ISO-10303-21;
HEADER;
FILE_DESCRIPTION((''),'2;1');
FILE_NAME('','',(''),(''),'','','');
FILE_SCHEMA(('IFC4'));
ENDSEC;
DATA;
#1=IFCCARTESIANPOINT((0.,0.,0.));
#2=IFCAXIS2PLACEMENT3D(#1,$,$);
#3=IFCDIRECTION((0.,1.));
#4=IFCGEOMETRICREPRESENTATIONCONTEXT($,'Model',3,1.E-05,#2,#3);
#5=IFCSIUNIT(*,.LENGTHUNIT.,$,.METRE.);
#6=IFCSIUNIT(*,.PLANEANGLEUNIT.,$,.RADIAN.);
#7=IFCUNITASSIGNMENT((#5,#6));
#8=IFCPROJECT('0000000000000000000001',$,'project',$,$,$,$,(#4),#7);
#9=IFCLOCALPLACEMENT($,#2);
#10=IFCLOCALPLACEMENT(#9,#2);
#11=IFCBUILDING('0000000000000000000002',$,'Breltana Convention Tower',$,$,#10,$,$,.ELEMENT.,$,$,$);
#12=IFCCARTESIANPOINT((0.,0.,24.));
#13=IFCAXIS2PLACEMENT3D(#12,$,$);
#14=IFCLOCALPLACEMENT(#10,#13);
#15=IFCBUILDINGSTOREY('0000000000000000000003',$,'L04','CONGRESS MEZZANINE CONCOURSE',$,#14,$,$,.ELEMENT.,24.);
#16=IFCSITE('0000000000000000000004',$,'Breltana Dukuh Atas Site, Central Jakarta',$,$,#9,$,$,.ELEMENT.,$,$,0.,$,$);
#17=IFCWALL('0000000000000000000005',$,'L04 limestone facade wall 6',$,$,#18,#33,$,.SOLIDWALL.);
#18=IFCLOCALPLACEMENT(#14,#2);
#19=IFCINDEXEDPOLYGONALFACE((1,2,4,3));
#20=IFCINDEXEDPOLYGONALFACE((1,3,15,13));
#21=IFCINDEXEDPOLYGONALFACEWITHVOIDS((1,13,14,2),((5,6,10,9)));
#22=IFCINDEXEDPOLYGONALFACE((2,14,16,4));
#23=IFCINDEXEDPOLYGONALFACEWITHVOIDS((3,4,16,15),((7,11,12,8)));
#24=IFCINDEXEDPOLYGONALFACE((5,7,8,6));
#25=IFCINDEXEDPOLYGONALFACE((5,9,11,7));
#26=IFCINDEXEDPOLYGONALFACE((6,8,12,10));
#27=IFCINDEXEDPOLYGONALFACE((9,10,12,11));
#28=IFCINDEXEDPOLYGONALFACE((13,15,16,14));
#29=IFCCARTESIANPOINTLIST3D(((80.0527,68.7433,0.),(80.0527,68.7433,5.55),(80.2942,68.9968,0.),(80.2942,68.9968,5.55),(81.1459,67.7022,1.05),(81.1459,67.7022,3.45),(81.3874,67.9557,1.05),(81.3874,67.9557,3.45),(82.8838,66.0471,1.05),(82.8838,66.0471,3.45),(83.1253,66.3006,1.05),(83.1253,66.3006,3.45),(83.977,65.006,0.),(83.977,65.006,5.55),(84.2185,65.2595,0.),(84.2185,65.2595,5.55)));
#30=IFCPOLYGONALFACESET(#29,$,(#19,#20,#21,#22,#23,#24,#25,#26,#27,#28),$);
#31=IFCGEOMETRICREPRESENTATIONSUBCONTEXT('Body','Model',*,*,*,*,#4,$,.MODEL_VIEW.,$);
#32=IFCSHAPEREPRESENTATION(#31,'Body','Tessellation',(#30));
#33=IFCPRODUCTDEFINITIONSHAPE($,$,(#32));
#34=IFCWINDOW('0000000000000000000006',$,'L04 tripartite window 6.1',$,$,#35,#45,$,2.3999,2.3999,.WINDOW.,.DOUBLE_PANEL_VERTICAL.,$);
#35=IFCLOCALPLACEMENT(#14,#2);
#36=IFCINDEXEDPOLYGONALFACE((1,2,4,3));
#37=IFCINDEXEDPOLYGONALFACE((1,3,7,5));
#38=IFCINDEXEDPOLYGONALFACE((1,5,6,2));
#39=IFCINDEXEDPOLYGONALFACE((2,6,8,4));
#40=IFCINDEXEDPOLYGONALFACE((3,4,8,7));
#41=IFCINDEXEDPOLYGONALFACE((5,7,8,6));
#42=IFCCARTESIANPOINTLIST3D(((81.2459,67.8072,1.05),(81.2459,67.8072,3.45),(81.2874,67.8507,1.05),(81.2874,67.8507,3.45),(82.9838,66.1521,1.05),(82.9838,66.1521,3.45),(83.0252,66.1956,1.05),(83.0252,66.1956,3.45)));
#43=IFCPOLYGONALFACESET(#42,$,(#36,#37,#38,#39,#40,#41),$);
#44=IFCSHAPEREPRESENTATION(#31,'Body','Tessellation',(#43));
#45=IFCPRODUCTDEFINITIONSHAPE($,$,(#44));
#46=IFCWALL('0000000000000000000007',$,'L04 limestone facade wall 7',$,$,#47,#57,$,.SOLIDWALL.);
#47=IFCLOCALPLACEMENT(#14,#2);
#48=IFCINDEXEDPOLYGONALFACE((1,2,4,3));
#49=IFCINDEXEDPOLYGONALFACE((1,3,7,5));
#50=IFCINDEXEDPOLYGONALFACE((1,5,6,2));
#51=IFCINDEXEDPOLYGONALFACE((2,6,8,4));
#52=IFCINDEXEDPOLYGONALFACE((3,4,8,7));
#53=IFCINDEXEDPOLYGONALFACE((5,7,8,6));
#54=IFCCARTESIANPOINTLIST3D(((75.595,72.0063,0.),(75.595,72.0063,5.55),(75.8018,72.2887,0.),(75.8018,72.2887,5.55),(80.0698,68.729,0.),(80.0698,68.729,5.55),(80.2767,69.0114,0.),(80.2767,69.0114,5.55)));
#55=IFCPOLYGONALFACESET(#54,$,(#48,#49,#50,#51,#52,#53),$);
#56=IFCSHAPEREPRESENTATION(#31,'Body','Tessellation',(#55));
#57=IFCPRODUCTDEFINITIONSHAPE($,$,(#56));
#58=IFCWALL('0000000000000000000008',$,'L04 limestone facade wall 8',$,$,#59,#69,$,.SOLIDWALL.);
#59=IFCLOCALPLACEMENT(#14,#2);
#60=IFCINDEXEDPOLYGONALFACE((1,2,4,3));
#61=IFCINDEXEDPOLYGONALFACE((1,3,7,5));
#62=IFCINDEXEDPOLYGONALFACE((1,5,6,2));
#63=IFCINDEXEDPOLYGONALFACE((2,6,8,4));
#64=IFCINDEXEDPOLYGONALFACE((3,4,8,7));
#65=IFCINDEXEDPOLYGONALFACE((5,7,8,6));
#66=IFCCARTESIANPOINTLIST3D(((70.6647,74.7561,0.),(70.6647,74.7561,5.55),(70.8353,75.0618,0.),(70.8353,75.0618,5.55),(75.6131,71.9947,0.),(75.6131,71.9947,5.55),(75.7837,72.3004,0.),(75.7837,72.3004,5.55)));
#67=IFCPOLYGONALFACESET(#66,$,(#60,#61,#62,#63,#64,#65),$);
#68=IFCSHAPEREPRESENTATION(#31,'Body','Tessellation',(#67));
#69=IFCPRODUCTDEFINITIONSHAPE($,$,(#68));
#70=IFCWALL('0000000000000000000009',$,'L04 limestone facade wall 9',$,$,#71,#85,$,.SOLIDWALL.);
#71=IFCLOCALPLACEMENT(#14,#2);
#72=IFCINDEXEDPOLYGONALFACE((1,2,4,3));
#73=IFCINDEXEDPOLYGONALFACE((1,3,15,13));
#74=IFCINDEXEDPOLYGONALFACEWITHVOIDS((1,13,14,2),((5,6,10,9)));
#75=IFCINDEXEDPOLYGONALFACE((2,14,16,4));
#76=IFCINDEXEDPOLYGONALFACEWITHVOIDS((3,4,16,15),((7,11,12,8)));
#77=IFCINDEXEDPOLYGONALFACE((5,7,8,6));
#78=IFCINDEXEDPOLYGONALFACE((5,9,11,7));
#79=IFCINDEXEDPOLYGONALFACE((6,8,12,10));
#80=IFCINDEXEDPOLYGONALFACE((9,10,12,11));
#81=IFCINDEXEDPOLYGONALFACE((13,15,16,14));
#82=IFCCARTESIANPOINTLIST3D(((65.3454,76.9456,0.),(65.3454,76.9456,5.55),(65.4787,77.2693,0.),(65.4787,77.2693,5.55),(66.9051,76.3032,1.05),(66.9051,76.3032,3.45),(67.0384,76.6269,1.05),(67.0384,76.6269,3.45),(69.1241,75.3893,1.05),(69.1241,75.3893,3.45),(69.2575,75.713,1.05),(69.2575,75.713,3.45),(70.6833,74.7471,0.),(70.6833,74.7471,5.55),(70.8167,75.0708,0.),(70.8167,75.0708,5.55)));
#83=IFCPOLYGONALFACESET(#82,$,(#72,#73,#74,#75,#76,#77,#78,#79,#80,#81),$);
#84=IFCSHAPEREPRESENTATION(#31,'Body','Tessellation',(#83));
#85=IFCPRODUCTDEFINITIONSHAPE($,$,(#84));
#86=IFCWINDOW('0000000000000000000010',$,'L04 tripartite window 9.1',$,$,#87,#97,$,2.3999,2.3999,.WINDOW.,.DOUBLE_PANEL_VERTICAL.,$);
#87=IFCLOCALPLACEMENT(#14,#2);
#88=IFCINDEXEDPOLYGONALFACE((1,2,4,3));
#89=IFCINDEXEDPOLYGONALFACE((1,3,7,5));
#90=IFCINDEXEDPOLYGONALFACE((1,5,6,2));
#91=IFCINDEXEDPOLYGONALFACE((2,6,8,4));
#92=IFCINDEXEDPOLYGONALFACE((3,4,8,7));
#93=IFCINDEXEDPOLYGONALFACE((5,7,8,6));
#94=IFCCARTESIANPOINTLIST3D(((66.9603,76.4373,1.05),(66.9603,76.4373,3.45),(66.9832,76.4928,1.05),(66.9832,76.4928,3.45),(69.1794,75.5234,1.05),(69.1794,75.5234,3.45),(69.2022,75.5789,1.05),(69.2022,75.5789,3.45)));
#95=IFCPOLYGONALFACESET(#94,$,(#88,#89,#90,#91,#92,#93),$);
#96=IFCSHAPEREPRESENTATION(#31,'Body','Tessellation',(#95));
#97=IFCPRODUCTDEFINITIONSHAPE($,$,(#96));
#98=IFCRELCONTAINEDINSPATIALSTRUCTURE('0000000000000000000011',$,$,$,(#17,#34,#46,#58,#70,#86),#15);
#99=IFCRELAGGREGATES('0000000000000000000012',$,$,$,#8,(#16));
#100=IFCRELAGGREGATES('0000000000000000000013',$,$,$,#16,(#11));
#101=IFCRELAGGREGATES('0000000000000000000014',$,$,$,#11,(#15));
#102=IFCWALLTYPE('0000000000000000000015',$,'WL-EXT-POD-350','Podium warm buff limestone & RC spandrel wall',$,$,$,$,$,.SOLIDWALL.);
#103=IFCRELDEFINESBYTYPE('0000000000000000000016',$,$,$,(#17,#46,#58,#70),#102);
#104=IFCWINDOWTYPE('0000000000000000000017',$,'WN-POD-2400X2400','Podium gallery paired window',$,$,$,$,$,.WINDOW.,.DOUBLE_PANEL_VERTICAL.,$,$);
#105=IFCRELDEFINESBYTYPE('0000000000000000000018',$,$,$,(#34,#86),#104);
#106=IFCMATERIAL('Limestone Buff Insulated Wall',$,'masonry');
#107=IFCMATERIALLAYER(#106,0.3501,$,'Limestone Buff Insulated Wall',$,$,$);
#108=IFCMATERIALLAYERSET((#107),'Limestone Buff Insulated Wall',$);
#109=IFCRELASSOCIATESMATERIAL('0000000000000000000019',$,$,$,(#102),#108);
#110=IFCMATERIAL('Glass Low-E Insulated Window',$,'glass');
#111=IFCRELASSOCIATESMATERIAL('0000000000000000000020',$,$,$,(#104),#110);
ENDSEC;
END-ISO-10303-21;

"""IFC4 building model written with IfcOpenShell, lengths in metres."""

from ifc_helpers import new_model, si_unit, direction, frame, frame_2d, origin, place, context, subcontext, project, spatial, rectangle, extrude, source, transform, mapped, material, layer, layer_set, type_object, type_shapes, element, fill, save


model = new_model("IFC4")

# Units and contexts
model_context = context("Model", 3, precision=1e-05, world=origin(), true_north=direction((0.0, 1.0)))
body_context = subcontext(model_context, "Body", "Model", "MODEL_VIEW")
ifc_project = project(units=[si_unit("LENGTHUNIT", "METRE"), si_unit("PLANEANGLEUNIT", "RADIAN")], contexts=[model_context])

# Site, building, storey
site_placement = place(None, origin())
site = spatial("IfcSite", under=ifc_project, at=site_placement, Name="Breltana Dukuh Atas Site, Central Jakarta", CompositionType="ELEMENT", RefElevation=0.0)
building_placement = place(site_placement, origin())
building = spatial("IfcBuilding", under=site, at=building_placement, Name="Breltana Convention Tower", CompositionType="ELEMENT")
storey_placement = place(building_placement, frame((0.0, 0.0, 24.0)))
storey = spatial("IfcBuildingStorey", under=building, at=storey_placement, Name="L04", Description="CONGRESS MEZZANINE CONCOURSE", CompositionType="ELEMENT", Elevation=24.0)

# Wall, opening, window
ifc_material_1 = material(Name="Limestone Buff Insulated Wall", Category="masonry")
ifc_layer_1 = layer(ifc_material_1, 0.3501, Name="Limestone Buff Insulated Wall")
ifc_layer_set_1 = layer_set([ifc_layer_1], Name="Limestone Buff Insulated Wall")
wall_type = type_object("IfcWallType", Name="WL-EXT-POD-350", Description="Podium warm buff limestone & RC spandrel wall", PredefinedType="SOLIDWALL", material=ifc_layer_set_1)
shared_shape_1 = source(origin(), body_context, "Body", "SweptSolid", [
    extrude(rectangle(XDim=5.4192, YDim=0.3501, at=frame_2d((2.7095, 0.0))), origin(), (0.0, 0.0, 1.0), 5.55),
])
wall_1_placement = place(storey_placement, frame((84.0977, 65.1328, 0.0), z_axis=(0.0, 0.0, 1.0), x_axis=(-0.724151, 0.689642, 0.0)))
wall_1 = element("IfcWall", 1, at=wall_1_placement, inside=storey, type_object=wall_type, Name="L04 limestone facade wall 6", PredefinedType="SOLIDWALL", context=body_context, shape_type="MappedRepresentation", body=[
    mapped(shared_shape_1, transform((0.0, 0.0, 0.0), scale=1.0)),
])
opening_1_placement = place(wall_1_placement, frame((1.5095, 0.0, 1.05)))
opening_1 = element("IfcOpeningElement", 2, at=opening_1_placement, cuts=wall_1, PredefinedType="OPENING", context=body_context, shape_type="SweptSolid", body=[
    extrude(rectangle(XDim=2.3999, YDim=2.3999, at=frame_2d((1.2, 1.2))), frame((0.0, 0.1851, 0.0), z_axis=(0.0, -1.0, 0.0), x_axis=(1.0, 0.0, 0.0)), (0.0, 0.0, 1.0), 0.3701),
])
ifc_material_2 = material(Name="Glass Low-E Insulated Window", Category="glass")
window_type = type_object("IfcWindowType", Name="WN-POD-2400X2400", Description="Podium gallery paired window", PartitioningType="DOUBLE_PANEL_VERTICAL", PredefinedType="WINDOW", material=ifc_material_2)
shared_shape_2 = source(origin(), body_context, "Body", "SweptSolid", [
    extrude(rectangle(XDim=2.3999, YDim=2.3999, at=frame_2d((1.2, 1.2))), frame((0.0, 0.03, 0.0), z_axis=(0.0, -1.0, 0.0), x_axis=(1.0, 0.0, 0.0)), (0.0, 0.0, 1.0), 0.0601),
])
type_shapes(window_type, [shared_shape_2])
window_1_placement = place(opening_1_placement, origin())
window_1 = element("IfcWindow", 3, at=window_1_placement, inside=storey, type_object=window_type, Name="L04 tripartite window 6.1", OverallHeight=2.3999, OverallWidth=2.3999, PartitioningType="DOUBLE_PANEL_VERTICAL", PredefinedType="WINDOW", context=body_context, shape_type="MappedRepresentation", body=[
    mapped(shared_shape_2, transform((0.0, 0.0, 0.0), scale=1.0)),
])
fill(opening_1, window_1)

# Walls
shared_shape_3 = source(origin(), body_context, "Body", "SweptSolid", [
    extrude(rectangle(XDim=5.5466, YDim=0.3501, at=frame_2d((2.7734, 0.0))), origin(), (0.0, 0.0, 1.0), 5.55),
])
wall_2_placement = place(storey_placement, frame((80.1733, 68.8701, 0.0), z_axis=(0.0, 0.0, 1.0), x_axis=(-0.806767, 0.590869, 0.0)))
element("IfcWall", 4, at=wall_2_placement, inside=storey, type_object=wall_type, Name="L04 limestone facade wall 7", PredefinedType="SOLIDWALL", context=body_context, shape_type="MappedRepresentation", body=[
    mapped(shared_shape_3, transform((0.0, 0.0, 0.0), scale=1.0)),
])
shared_shape_4 = source(origin(), body_context, "Body", "SweptSolid", [
    extrude(rectangle(XDim=5.6667, YDim=0.3501, at=frame_2d((2.8335, 0.0))), origin(), (0.0, 0.0, 1.0), 5.55),
])
wall_3_placement = place(storey_placement, frame((75.6985, 72.1475, 0.0), z_axis=(0.0, 0.0, 1.0), x_axis=(-0.873233, 0.487303, 0.0)))
element("IfcWall", 5, at=wall_3_placement, inside=storey, type_object=wall_type, Name="L04 limestone facade wall 8", PredefinedType="SOLIDWALL", context=body_context, shape_type="MappedRepresentation", body=[
    mapped(shared_shape_4, transform((0.0, 0.0, 0.0), scale=1.0)),
])

# Wall, opening, window
shared_shape_5 = source(origin(), body_context, "Body", "SweptSolid", [
    extrude(rectangle(XDim=5.7729, YDim=0.3501, at=frame_2d((2.8865, 0.0))), origin(), (0.0, 0.0, 1.0), 5.55),
])
wall_4_placement = place(storey_placement, frame((70.75, 74.9089, 0.0), z_axis=(0.0, 0.0, 1.0), x_axis=(-0.924646, 0.380829, 0.0)))
wall_4 = element("IfcWall", 6, at=wall_4_placement, inside=storey, type_object=wall_type, Name="L04 limestone facade wall 9", PredefinedType="SOLIDWALL", context=body_context, shape_type="MappedRepresentation", body=[
    mapped(shared_shape_5, transform((0.0, 0.0, 0.0), scale=1.0)),
])
opening_2_placement = place(wall_4_placement, frame((1.6863, 0.0, 1.05)))
opening_2 = element("IfcOpeningElement", 7, at=opening_2_placement, cuts=wall_4, PredefinedType="OPENING", context=body_context, shape_type="SweptSolid", body=[
    extrude(rectangle(XDim=2.3999, YDim=2.3999, at=frame_2d((1.2, 1.2))), frame((0.0, 0.1851, 0.0), z_axis=(0.0, -1.0, 0.0), x_axis=(1.0, 0.0, 0.0)), (0.0, 0.0, 1.0), 0.3701),
])
window_2_placement = place(opening_2_placement, origin())
window_2 = element("IfcWindow", 8, at=window_2_placement, inside=storey, type_object=window_type, Name="L04 tripartite window 9.1", OverallHeight=2.3999, OverallWidth=2.3999, PartitioningType="DOUBLE_PANEL_VERTICAL", PredefinedType="WINDOW", context=body_context, shape_type="MappedRepresentation", body=[
    mapped(shared_shape_2, transform((0.0, 0.0, 0.0), scale=1.0)),
])
fill(opening_2, window_2)

save(model, "model.ifc")
